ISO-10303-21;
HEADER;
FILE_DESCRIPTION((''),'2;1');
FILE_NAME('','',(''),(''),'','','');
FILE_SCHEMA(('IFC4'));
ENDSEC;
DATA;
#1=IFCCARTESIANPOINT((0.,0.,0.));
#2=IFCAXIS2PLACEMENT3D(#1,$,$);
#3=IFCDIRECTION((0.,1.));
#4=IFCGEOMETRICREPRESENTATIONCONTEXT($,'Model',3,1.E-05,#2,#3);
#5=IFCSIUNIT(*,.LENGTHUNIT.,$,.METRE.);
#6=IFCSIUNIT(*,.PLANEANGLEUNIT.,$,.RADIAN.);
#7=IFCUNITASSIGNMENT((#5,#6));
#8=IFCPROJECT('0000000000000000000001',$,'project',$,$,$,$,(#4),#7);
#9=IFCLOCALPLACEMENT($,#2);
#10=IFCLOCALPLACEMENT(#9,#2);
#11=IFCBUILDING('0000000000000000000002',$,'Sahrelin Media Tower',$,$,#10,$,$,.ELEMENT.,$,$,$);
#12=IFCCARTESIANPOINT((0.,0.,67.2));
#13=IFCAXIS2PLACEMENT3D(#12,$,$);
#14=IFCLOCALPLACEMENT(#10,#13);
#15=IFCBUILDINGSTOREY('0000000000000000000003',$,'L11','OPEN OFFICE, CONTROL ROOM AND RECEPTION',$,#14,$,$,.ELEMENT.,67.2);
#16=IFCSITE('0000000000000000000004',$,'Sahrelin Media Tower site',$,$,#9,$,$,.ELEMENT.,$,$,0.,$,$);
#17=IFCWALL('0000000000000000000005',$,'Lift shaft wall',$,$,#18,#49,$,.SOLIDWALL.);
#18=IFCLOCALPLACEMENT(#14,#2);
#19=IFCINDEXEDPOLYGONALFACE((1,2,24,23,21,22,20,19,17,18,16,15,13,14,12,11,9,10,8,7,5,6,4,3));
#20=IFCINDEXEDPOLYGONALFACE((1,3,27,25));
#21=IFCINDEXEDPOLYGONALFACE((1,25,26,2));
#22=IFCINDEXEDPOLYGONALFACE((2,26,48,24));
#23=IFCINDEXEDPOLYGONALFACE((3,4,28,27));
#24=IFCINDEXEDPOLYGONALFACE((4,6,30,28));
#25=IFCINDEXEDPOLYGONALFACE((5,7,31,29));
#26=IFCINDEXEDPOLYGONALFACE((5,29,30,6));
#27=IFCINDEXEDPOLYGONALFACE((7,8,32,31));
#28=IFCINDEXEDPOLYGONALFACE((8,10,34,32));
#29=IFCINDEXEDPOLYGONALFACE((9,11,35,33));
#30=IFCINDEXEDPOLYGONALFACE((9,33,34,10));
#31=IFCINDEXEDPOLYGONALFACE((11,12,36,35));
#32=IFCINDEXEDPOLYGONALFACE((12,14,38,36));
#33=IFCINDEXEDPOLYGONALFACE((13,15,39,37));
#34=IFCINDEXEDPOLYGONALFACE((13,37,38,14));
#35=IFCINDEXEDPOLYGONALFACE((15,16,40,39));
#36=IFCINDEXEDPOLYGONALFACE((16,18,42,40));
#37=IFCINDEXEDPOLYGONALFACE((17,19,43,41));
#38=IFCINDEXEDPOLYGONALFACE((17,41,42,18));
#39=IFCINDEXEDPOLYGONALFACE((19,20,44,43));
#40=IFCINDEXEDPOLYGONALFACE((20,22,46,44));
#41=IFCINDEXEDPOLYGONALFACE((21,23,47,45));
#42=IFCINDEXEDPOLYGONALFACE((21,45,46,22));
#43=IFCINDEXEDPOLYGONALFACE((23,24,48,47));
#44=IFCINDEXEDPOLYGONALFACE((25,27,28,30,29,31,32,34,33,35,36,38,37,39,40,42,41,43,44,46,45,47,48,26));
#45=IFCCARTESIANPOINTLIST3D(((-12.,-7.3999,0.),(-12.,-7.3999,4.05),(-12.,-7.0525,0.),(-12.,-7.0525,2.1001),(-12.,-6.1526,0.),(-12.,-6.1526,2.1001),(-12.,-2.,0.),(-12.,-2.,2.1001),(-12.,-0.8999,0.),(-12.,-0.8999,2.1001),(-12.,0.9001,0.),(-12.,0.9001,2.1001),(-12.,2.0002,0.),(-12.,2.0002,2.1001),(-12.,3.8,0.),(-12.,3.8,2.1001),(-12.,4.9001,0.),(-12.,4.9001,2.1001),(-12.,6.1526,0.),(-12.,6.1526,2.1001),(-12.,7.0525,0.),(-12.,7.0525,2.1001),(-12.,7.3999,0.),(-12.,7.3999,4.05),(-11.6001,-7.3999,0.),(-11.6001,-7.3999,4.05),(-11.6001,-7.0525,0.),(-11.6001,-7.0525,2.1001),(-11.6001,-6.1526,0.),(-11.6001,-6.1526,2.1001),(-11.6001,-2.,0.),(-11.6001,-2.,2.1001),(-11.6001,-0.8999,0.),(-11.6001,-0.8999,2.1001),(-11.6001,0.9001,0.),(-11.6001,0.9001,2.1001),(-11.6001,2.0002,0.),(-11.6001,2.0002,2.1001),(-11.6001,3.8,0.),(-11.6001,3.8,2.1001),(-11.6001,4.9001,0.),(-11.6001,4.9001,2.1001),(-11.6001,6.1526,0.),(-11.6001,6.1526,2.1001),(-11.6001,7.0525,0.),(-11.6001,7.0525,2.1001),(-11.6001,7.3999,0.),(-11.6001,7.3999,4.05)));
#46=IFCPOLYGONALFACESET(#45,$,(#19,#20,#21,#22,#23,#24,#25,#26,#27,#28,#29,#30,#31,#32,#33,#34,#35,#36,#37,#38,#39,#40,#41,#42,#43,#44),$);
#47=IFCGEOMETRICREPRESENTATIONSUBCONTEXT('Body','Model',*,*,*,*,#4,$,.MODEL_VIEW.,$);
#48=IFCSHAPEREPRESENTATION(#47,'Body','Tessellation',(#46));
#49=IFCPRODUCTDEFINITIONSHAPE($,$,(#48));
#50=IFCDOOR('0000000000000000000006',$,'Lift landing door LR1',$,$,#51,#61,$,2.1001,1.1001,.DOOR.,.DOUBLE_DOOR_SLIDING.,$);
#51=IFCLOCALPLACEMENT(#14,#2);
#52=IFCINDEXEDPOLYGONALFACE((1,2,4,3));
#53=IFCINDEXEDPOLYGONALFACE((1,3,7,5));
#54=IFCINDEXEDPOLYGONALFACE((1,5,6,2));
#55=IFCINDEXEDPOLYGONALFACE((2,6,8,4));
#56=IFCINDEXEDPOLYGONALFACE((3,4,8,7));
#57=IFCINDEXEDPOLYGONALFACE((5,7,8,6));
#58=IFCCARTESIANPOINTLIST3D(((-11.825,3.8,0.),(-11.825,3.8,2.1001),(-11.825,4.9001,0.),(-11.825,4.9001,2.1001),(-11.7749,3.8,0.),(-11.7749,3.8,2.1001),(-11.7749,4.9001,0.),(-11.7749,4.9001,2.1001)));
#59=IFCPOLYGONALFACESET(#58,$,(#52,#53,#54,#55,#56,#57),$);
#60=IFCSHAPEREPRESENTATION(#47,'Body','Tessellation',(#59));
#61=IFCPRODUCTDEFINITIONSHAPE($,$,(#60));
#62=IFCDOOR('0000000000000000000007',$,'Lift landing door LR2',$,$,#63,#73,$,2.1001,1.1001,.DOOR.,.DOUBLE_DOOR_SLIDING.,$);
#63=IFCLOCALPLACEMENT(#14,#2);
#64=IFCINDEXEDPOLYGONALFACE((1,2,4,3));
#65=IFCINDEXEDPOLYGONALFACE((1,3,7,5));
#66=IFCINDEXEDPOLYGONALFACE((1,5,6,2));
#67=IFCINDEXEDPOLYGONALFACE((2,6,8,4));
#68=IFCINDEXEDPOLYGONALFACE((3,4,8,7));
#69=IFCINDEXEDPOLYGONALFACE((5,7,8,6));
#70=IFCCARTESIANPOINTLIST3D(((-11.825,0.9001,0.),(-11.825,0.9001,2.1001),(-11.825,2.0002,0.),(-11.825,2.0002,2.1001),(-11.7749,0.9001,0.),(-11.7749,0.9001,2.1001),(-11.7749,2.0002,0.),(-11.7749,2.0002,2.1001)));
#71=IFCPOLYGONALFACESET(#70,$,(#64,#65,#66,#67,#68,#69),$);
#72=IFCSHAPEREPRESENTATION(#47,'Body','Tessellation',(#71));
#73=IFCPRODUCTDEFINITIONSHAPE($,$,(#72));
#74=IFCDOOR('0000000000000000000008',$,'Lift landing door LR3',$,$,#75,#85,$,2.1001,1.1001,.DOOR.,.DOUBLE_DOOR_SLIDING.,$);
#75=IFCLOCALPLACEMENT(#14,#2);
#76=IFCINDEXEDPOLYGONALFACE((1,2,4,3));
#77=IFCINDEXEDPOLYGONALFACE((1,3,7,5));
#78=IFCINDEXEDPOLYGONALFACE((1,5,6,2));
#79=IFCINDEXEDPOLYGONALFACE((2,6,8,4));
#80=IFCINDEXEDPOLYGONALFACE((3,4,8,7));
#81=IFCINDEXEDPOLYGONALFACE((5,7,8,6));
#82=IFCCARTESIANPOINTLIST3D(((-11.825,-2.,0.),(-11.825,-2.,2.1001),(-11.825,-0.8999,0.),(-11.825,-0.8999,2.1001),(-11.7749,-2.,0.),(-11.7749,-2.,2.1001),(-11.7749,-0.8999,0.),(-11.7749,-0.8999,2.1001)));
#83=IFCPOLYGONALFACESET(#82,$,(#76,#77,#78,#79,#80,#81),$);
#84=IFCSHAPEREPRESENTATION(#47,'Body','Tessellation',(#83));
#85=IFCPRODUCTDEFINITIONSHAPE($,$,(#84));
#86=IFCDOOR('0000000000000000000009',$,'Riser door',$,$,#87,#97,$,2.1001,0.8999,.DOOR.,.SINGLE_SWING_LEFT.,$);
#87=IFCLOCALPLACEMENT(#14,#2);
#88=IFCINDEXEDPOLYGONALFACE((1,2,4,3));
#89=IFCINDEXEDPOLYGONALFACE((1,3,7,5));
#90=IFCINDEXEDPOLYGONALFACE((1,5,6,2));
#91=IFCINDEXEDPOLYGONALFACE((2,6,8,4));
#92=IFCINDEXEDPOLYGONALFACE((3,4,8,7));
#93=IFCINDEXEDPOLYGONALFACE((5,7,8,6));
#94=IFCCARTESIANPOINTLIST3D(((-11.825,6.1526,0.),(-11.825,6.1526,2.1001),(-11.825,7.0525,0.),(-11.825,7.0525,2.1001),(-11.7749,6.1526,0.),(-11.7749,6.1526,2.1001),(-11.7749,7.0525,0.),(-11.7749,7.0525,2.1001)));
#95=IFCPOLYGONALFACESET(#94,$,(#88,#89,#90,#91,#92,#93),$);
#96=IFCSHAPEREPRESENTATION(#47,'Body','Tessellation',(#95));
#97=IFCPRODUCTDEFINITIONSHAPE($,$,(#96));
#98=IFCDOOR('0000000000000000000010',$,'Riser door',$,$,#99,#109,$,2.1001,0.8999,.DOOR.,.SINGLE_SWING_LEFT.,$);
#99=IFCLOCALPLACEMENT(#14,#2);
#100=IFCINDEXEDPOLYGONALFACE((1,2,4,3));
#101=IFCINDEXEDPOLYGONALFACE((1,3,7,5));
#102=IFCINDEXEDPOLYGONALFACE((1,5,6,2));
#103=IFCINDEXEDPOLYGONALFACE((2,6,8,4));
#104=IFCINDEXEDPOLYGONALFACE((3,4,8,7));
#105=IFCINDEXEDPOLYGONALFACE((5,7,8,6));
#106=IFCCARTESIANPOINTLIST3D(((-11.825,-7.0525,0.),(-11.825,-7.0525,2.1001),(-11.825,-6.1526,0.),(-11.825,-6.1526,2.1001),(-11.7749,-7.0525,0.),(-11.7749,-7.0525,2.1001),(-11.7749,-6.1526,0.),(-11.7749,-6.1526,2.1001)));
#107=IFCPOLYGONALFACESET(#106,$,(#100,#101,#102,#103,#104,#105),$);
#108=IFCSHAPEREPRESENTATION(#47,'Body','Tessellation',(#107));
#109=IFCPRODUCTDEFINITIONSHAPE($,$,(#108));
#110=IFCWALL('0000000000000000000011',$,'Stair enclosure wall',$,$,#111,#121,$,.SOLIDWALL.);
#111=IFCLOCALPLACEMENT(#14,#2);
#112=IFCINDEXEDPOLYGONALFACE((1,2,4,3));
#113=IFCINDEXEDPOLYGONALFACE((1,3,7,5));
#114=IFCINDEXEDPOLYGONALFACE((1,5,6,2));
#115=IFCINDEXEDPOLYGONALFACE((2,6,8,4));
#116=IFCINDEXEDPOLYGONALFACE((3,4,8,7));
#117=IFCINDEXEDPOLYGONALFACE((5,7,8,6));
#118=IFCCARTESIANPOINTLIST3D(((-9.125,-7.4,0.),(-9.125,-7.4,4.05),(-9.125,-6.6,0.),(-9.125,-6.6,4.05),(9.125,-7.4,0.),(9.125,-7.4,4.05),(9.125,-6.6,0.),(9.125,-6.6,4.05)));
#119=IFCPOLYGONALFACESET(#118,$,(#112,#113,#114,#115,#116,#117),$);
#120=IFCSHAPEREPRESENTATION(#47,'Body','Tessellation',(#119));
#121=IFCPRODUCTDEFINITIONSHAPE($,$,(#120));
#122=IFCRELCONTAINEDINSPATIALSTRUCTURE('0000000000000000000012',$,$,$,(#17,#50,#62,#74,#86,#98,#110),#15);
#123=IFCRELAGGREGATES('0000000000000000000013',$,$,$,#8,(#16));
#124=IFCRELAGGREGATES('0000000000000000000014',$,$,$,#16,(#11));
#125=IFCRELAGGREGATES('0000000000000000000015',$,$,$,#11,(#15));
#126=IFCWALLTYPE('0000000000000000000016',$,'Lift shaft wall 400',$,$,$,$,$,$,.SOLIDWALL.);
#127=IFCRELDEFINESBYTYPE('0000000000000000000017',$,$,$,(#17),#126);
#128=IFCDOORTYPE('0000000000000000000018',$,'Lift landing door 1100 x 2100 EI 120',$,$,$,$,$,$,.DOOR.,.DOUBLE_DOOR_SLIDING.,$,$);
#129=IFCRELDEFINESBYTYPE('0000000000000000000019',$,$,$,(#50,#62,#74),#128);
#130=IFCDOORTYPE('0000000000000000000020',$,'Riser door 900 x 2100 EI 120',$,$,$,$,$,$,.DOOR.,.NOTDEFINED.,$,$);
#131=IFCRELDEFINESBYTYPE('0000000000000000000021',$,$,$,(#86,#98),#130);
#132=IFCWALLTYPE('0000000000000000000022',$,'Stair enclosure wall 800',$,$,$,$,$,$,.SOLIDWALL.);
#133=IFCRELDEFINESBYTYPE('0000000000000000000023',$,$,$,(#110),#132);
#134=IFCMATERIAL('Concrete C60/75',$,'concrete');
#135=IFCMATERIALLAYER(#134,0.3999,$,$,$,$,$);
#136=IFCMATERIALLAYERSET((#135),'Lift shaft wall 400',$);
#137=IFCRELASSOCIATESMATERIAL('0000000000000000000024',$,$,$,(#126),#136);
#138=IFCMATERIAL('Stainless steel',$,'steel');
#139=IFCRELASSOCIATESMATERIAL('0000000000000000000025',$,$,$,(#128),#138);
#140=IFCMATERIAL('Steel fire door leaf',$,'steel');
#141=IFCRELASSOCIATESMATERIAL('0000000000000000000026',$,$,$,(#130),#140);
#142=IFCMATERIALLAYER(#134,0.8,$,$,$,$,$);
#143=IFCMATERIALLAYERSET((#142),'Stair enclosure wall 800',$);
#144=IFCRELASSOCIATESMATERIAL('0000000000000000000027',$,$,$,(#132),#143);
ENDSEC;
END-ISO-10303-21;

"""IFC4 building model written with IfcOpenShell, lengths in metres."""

from ifc_helpers import new_model, si_unit, direction, frame, frame_2d, origin, place, context, subcontext, project, spatial, rectangle, extrude, material, layer, layer_set, type_object, element, fill, save


model = new_model("IFC4")

# Units and contexts
model_context = context("Model", 3, precision=1e-05, world=origin(), true_north=direction((0.0, 1.0)))
body_context = subcontext(model_context, "Body", "Model", "MODEL_VIEW")
ifc_project = project(units=[si_unit("LENGTHUNIT", "METRE"), si_unit("PLANEANGLEUNIT", "RADIAN")], contexts=[model_context])

# Site, building, storey
site_placement = place(None, origin())
site = spatial("IfcSite", under=ifc_project, at=site_placement, Name="Sahrelin Media Tower site", CompositionType="ELEMENT", RefElevation=0.0)
building_placement = place(site_placement, origin())
building = spatial("IfcBuilding", under=site, at=building_placement, Name="Sahrelin Media Tower", CompositionType="ELEMENT")
storey_placement = place(building_placement, frame((0.0, 0.0, 67.2)))
storey = spatial("IfcBuildingStorey", under=building, at=storey_placement, Name="L11", Description="OPEN OFFICE, CONTROL ROOM AND RECEPTION", CompositionType="ELEMENT", Elevation=67.2)

# Shared definitions
ifc_material_1 = material(Name="Concrete C60/75", Category="concrete")
ifc_material_2 = material(Name="Steel fire door leaf", Category="steel")

# Wall, openings, doors
ifc_material_3 = material(Name="Stainless steel", Category="steel")
ifc_layer_1 = layer(ifc_material_1, 0.3999)
ifc_layer_set_1 = layer_set([ifc_layer_1], Name="Lift shaft wall 400")
wall_type_1 = type_object("IfcWallType", Name="Lift shaft wall 400", PredefinedType="SOLIDWALL", material=ifc_layer_set_1)
wall_1_placement = place(storey_placement, frame((-11.8, -7.3999, 0.0), z_axis=(0.0, 0.0, 1.0), x_axis=(0.0, 1.0, 0.0)))
wall_1 = element("IfcWall", 1, at=wall_1_placement, inside=storey, type_object=wall_type_1, Name="Lift shaft wall", PredefinedType="SOLIDWALL", context=body_context, shape_type="SweptSolid", body=[
    extrude(rectangle(XDim=14.7998, YDim=0.3999, at=frame_2d((7.3999, 0.0))), origin(), (0.0, 0.0, 1.0), 4.05),
])
opening_1_placement = place(wall_1_placement, frame((11.2, 0.0, 0.0)))
opening_1 = element("IfcOpeningElement", 2, at=opening_1_placement, cuts=wall_1, PredefinedType="OPENING", context=body_context, shape_type="SweptSolid", body=[
    extrude(rectangle(XDim=1.1001, YDim=2.1001, at=frame_2d((0.55, 1.05))), frame((0.0, 0.2, 0.0), z_axis=(0.0, -1.0, 0.0), x_axis=(1.0, 0.0, 0.0)), (0.0, 0.0, 1.0), 0.3999),
])
opening_2_placement = place(wall_1_placement, frame((8.3, 0.0, 0.0)))
opening_2 = element("IfcOpeningElement", 3, at=opening_2_placement, cuts=wall_1, PredefinedType="OPENING", context=body_context, shape_type="SweptSolid", body=[
    extrude(rectangle(XDim=1.1001, YDim=2.1001, at=frame_2d((0.55, 1.05))), frame((0.0, 0.2, 0.0), z_axis=(0.0, -1.0, 0.0), x_axis=(1.0, 0.0, 0.0)), (0.0, 0.0, 1.0), 0.3999),
])
opening_3_placement = place(wall_1_placement, frame((5.3999, 0.0, 0.0)))
opening_3 = element("IfcOpeningElement", 4, at=opening_3_placement, cuts=wall_1, PredefinedType="OPENING", context=body_context, shape_type="SweptSolid", body=[
    extrude(rectangle(XDim=1.1001, YDim=2.1001, at=frame_2d((0.55, 1.05))), frame((0.0, 0.2, 0.0), z_axis=(0.0, -1.0, 0.0), x_axis=(1.0, 0.0, 0.0)), (0.0, 0.0, 1.0), 0.3999),
])
opening_4_placement = place(wall_1_placement, frame((13.5525, 0.0, 0.0)))
opening_4 = element("IfcOpeningElement", 5, at=opening_4_placement, cuts=wall_1, PredefinedType="OPENING", context=body_context, shape_type="SweptSolid", body=[
    extrude(rectangle(XDim=0.8999, YDim=2.1001, at=frame_2d((0.45, 1.05))), frame((0.0, 0.2, 0.0), z_axis=(0.0, -1.0, 0.0), x_axis=(1.0, 0.0, 0.0)), (0.0, 0.0, 1.0), 0.3999),
])
opening_5_placement = place(wall_1_placement, frame((0.3474, 0.0, 0.0)))
opening_5 = element("IfcOpeningElement", 6, at=opening_5_placement, cuts=wall_1, PredefinedType="OPENING", context=body_context, shape_type="SweptSolid", body=[
    extrude(rectangle(XDim=0.8999, YDim=2.1001, at=frame_2d((0.45, 1.05))), frame((0.0, 0.2, 0.0), z_axis=(0.0, -1.0, 0.0), x_axis=(1.0, 0.0, 0.0)), (0.0, 0.0, 1.0), 0.3999),
])
door_type_1 = type_object("IfcDoorType", Name="Lift landing door 1100 x 2100 EI 120", OperationType="DOUBLE_DOOR_SLIDING", PredefinedType="DOOR", material=ifc_material_3)
door_1_placement = place(opening_1_placement, origin())
door_1 = element("IfcDoor", 7, at=door_1_placement, inside=storey, type_object=door_type_1, Name="Lift landing door LR1", OperationType="DOUBLE_DOOR_SLIDING", OverallHeight=2.1001, OverallWidth=1.1001, PredefinedType="DOOR", context=body_context, shape_type="SweptSolid", body=[
    extrude(rectangle(XDim=1.1001, YDim=2.1001, at=frame_2d((0.55, 1.05))), frame((0.0, 0.0249, 0.0), z_axis=(0.0, -1.0, 0.0), x_axis=(1.0, 0.0, 0.0)), (0.0, 0.0, 1.0), 0.05),
])
fill(opening_1, door_1)
door_2_placement = place(opening_2_placement, origin())
door_2 = element("IfcDoor", 8, at=door_2_placement, inside=storey, type_object=door_type_1, Name="Lift landing door LR2", OperationType="DOUBLE_DOOR_SLIDING", OverallHeight=2.1001, OverallWidth=1.1001, PredefinedType="DOOR", context=body_context, shape_type="SweptSolid", body=[
    extrude(rectangle(XDim=1.1001, YDim=2.1001, at=frame_2d((0.55, 1.05))), frame((0.0, 0.0249, 0.0), z_axis=(0.0, -1.0, 0.0), x_axis=(1.0, 0.0, 0.0)), (0.0, 0.0, 1.0), 0.05),
])
fill(opening_2, door_2)
door_3_placement = place(opening_3_placement, origin())
door_3 = element("IfcDoor", 9, at=door_3_placement, inside=storey, type_object=door_type_1, Name="Lift landing door LR3", OperationType="DOUBLE_DOOR_SLIDING", OverallHeight=2.1001, OverallWidth=1.1001, PredefinedType="DOOR", context=body_context, shape_type="SweptSolid", body=[
    extrude(rectangle(XDim=1.1001, YDim=2.1001, at=frame_2d((0.55, 1.05))), frame((0.0, 0.0249, 0.0), z_axis=(0.0, -1.0, 0.0), x_axis=(1.0, 0.0, 0.0)), (0.0, 0.0, 1.0), 0.05),
])
fill(opening_3, door_3)
door_type_2 = type_object("IfcDoorType", Name="Riser door 900 x 2100 EI 120", OperationType="NOTDEFINED", PredefinedType="DOOR", material=ifc_material_2)
door_4_placement = place(opening_4_placement, origin())
door_4 = element("IfcDoor", 10, at=door_4_placement, inside=storey, type_object=door_type_2, Name="Riser door", OperationType="SINGLE_SWING_LEFT", OverallHeight=2.1001, OverallWidth=0.8999, PredefinedType="DOOR", context=body_context, shape_type="SweptSolid", body=[
    extrude(rectangle(XDim=0.8999, YDim=2.1001, at=frame_2d((0.45, 1.05))), frame((0.0, 0.0249, 0.0), z_axis=(0.0, -1.0, 0.0), x_axis=(1.0, 0.0, 0.0)), (0.0, 0.0, 1.0), 0.05),
])
fill(opening_4, door_4)
door_5_placement = place(opening_5_placement, origin())
door_5 = element("IfcDoor", 11, at=door_5_placement, inside=storey, type_object=door_type_2, Name="Riser door", OperationType="SINGLE_SWING_LEFT", OverallHeight=2.1001, OverallWidth=0.8999, PredefinedType="DOOR", context=body_context, shape_type="SweptSolid", body=[
    extrude(rectangle(XDim=0.8999, YDim=2.1001, at=frame_2d((0.45, 1.05))), frame((0.0, 0.0249, 0.0), z_axis=(0.0, -1.0, 0.0), x_axis=(1.0, 0.0, 0.0)), (0.0, 0.0, 1.0), 0.05),
])
fill(opening_5, door_5)

# Wall
ifc_layer_2 = layer(ifc_material_1, 0.8)
ifc_layer_set_2 = layer_set([ifc_layer_2], Name="Stair enclosure wall 800")
wall_type_2 = type_object("IfcWallType", Name="Stair enclosure wall 800", PredefinedType="SOLIDWALL", material=ifc_layer_set_2)
wall_2_placement = place(storey_placement, frame((-9.125, -7.0, 0.0), z_axis=(0.0, 0.0, 1.0), x_axis=(1.0, 0.0, 0.0)))
element("IfcWall", 12, at=wall_2_placement, inside=storey, type_object=wall_type_2, Name="Stair enclosure wall", PredefinedType="SOLIDWALL", context=body_context, shape_type="SweptSolid", body=[
    extrude(rectangle(XDim=18.25, YDim=0.8, at=frame_2d((9.125, 0.0))), origin(), (0.0, 0.0, 1.0), 4.05),
])

save(model, "model.ifc")
